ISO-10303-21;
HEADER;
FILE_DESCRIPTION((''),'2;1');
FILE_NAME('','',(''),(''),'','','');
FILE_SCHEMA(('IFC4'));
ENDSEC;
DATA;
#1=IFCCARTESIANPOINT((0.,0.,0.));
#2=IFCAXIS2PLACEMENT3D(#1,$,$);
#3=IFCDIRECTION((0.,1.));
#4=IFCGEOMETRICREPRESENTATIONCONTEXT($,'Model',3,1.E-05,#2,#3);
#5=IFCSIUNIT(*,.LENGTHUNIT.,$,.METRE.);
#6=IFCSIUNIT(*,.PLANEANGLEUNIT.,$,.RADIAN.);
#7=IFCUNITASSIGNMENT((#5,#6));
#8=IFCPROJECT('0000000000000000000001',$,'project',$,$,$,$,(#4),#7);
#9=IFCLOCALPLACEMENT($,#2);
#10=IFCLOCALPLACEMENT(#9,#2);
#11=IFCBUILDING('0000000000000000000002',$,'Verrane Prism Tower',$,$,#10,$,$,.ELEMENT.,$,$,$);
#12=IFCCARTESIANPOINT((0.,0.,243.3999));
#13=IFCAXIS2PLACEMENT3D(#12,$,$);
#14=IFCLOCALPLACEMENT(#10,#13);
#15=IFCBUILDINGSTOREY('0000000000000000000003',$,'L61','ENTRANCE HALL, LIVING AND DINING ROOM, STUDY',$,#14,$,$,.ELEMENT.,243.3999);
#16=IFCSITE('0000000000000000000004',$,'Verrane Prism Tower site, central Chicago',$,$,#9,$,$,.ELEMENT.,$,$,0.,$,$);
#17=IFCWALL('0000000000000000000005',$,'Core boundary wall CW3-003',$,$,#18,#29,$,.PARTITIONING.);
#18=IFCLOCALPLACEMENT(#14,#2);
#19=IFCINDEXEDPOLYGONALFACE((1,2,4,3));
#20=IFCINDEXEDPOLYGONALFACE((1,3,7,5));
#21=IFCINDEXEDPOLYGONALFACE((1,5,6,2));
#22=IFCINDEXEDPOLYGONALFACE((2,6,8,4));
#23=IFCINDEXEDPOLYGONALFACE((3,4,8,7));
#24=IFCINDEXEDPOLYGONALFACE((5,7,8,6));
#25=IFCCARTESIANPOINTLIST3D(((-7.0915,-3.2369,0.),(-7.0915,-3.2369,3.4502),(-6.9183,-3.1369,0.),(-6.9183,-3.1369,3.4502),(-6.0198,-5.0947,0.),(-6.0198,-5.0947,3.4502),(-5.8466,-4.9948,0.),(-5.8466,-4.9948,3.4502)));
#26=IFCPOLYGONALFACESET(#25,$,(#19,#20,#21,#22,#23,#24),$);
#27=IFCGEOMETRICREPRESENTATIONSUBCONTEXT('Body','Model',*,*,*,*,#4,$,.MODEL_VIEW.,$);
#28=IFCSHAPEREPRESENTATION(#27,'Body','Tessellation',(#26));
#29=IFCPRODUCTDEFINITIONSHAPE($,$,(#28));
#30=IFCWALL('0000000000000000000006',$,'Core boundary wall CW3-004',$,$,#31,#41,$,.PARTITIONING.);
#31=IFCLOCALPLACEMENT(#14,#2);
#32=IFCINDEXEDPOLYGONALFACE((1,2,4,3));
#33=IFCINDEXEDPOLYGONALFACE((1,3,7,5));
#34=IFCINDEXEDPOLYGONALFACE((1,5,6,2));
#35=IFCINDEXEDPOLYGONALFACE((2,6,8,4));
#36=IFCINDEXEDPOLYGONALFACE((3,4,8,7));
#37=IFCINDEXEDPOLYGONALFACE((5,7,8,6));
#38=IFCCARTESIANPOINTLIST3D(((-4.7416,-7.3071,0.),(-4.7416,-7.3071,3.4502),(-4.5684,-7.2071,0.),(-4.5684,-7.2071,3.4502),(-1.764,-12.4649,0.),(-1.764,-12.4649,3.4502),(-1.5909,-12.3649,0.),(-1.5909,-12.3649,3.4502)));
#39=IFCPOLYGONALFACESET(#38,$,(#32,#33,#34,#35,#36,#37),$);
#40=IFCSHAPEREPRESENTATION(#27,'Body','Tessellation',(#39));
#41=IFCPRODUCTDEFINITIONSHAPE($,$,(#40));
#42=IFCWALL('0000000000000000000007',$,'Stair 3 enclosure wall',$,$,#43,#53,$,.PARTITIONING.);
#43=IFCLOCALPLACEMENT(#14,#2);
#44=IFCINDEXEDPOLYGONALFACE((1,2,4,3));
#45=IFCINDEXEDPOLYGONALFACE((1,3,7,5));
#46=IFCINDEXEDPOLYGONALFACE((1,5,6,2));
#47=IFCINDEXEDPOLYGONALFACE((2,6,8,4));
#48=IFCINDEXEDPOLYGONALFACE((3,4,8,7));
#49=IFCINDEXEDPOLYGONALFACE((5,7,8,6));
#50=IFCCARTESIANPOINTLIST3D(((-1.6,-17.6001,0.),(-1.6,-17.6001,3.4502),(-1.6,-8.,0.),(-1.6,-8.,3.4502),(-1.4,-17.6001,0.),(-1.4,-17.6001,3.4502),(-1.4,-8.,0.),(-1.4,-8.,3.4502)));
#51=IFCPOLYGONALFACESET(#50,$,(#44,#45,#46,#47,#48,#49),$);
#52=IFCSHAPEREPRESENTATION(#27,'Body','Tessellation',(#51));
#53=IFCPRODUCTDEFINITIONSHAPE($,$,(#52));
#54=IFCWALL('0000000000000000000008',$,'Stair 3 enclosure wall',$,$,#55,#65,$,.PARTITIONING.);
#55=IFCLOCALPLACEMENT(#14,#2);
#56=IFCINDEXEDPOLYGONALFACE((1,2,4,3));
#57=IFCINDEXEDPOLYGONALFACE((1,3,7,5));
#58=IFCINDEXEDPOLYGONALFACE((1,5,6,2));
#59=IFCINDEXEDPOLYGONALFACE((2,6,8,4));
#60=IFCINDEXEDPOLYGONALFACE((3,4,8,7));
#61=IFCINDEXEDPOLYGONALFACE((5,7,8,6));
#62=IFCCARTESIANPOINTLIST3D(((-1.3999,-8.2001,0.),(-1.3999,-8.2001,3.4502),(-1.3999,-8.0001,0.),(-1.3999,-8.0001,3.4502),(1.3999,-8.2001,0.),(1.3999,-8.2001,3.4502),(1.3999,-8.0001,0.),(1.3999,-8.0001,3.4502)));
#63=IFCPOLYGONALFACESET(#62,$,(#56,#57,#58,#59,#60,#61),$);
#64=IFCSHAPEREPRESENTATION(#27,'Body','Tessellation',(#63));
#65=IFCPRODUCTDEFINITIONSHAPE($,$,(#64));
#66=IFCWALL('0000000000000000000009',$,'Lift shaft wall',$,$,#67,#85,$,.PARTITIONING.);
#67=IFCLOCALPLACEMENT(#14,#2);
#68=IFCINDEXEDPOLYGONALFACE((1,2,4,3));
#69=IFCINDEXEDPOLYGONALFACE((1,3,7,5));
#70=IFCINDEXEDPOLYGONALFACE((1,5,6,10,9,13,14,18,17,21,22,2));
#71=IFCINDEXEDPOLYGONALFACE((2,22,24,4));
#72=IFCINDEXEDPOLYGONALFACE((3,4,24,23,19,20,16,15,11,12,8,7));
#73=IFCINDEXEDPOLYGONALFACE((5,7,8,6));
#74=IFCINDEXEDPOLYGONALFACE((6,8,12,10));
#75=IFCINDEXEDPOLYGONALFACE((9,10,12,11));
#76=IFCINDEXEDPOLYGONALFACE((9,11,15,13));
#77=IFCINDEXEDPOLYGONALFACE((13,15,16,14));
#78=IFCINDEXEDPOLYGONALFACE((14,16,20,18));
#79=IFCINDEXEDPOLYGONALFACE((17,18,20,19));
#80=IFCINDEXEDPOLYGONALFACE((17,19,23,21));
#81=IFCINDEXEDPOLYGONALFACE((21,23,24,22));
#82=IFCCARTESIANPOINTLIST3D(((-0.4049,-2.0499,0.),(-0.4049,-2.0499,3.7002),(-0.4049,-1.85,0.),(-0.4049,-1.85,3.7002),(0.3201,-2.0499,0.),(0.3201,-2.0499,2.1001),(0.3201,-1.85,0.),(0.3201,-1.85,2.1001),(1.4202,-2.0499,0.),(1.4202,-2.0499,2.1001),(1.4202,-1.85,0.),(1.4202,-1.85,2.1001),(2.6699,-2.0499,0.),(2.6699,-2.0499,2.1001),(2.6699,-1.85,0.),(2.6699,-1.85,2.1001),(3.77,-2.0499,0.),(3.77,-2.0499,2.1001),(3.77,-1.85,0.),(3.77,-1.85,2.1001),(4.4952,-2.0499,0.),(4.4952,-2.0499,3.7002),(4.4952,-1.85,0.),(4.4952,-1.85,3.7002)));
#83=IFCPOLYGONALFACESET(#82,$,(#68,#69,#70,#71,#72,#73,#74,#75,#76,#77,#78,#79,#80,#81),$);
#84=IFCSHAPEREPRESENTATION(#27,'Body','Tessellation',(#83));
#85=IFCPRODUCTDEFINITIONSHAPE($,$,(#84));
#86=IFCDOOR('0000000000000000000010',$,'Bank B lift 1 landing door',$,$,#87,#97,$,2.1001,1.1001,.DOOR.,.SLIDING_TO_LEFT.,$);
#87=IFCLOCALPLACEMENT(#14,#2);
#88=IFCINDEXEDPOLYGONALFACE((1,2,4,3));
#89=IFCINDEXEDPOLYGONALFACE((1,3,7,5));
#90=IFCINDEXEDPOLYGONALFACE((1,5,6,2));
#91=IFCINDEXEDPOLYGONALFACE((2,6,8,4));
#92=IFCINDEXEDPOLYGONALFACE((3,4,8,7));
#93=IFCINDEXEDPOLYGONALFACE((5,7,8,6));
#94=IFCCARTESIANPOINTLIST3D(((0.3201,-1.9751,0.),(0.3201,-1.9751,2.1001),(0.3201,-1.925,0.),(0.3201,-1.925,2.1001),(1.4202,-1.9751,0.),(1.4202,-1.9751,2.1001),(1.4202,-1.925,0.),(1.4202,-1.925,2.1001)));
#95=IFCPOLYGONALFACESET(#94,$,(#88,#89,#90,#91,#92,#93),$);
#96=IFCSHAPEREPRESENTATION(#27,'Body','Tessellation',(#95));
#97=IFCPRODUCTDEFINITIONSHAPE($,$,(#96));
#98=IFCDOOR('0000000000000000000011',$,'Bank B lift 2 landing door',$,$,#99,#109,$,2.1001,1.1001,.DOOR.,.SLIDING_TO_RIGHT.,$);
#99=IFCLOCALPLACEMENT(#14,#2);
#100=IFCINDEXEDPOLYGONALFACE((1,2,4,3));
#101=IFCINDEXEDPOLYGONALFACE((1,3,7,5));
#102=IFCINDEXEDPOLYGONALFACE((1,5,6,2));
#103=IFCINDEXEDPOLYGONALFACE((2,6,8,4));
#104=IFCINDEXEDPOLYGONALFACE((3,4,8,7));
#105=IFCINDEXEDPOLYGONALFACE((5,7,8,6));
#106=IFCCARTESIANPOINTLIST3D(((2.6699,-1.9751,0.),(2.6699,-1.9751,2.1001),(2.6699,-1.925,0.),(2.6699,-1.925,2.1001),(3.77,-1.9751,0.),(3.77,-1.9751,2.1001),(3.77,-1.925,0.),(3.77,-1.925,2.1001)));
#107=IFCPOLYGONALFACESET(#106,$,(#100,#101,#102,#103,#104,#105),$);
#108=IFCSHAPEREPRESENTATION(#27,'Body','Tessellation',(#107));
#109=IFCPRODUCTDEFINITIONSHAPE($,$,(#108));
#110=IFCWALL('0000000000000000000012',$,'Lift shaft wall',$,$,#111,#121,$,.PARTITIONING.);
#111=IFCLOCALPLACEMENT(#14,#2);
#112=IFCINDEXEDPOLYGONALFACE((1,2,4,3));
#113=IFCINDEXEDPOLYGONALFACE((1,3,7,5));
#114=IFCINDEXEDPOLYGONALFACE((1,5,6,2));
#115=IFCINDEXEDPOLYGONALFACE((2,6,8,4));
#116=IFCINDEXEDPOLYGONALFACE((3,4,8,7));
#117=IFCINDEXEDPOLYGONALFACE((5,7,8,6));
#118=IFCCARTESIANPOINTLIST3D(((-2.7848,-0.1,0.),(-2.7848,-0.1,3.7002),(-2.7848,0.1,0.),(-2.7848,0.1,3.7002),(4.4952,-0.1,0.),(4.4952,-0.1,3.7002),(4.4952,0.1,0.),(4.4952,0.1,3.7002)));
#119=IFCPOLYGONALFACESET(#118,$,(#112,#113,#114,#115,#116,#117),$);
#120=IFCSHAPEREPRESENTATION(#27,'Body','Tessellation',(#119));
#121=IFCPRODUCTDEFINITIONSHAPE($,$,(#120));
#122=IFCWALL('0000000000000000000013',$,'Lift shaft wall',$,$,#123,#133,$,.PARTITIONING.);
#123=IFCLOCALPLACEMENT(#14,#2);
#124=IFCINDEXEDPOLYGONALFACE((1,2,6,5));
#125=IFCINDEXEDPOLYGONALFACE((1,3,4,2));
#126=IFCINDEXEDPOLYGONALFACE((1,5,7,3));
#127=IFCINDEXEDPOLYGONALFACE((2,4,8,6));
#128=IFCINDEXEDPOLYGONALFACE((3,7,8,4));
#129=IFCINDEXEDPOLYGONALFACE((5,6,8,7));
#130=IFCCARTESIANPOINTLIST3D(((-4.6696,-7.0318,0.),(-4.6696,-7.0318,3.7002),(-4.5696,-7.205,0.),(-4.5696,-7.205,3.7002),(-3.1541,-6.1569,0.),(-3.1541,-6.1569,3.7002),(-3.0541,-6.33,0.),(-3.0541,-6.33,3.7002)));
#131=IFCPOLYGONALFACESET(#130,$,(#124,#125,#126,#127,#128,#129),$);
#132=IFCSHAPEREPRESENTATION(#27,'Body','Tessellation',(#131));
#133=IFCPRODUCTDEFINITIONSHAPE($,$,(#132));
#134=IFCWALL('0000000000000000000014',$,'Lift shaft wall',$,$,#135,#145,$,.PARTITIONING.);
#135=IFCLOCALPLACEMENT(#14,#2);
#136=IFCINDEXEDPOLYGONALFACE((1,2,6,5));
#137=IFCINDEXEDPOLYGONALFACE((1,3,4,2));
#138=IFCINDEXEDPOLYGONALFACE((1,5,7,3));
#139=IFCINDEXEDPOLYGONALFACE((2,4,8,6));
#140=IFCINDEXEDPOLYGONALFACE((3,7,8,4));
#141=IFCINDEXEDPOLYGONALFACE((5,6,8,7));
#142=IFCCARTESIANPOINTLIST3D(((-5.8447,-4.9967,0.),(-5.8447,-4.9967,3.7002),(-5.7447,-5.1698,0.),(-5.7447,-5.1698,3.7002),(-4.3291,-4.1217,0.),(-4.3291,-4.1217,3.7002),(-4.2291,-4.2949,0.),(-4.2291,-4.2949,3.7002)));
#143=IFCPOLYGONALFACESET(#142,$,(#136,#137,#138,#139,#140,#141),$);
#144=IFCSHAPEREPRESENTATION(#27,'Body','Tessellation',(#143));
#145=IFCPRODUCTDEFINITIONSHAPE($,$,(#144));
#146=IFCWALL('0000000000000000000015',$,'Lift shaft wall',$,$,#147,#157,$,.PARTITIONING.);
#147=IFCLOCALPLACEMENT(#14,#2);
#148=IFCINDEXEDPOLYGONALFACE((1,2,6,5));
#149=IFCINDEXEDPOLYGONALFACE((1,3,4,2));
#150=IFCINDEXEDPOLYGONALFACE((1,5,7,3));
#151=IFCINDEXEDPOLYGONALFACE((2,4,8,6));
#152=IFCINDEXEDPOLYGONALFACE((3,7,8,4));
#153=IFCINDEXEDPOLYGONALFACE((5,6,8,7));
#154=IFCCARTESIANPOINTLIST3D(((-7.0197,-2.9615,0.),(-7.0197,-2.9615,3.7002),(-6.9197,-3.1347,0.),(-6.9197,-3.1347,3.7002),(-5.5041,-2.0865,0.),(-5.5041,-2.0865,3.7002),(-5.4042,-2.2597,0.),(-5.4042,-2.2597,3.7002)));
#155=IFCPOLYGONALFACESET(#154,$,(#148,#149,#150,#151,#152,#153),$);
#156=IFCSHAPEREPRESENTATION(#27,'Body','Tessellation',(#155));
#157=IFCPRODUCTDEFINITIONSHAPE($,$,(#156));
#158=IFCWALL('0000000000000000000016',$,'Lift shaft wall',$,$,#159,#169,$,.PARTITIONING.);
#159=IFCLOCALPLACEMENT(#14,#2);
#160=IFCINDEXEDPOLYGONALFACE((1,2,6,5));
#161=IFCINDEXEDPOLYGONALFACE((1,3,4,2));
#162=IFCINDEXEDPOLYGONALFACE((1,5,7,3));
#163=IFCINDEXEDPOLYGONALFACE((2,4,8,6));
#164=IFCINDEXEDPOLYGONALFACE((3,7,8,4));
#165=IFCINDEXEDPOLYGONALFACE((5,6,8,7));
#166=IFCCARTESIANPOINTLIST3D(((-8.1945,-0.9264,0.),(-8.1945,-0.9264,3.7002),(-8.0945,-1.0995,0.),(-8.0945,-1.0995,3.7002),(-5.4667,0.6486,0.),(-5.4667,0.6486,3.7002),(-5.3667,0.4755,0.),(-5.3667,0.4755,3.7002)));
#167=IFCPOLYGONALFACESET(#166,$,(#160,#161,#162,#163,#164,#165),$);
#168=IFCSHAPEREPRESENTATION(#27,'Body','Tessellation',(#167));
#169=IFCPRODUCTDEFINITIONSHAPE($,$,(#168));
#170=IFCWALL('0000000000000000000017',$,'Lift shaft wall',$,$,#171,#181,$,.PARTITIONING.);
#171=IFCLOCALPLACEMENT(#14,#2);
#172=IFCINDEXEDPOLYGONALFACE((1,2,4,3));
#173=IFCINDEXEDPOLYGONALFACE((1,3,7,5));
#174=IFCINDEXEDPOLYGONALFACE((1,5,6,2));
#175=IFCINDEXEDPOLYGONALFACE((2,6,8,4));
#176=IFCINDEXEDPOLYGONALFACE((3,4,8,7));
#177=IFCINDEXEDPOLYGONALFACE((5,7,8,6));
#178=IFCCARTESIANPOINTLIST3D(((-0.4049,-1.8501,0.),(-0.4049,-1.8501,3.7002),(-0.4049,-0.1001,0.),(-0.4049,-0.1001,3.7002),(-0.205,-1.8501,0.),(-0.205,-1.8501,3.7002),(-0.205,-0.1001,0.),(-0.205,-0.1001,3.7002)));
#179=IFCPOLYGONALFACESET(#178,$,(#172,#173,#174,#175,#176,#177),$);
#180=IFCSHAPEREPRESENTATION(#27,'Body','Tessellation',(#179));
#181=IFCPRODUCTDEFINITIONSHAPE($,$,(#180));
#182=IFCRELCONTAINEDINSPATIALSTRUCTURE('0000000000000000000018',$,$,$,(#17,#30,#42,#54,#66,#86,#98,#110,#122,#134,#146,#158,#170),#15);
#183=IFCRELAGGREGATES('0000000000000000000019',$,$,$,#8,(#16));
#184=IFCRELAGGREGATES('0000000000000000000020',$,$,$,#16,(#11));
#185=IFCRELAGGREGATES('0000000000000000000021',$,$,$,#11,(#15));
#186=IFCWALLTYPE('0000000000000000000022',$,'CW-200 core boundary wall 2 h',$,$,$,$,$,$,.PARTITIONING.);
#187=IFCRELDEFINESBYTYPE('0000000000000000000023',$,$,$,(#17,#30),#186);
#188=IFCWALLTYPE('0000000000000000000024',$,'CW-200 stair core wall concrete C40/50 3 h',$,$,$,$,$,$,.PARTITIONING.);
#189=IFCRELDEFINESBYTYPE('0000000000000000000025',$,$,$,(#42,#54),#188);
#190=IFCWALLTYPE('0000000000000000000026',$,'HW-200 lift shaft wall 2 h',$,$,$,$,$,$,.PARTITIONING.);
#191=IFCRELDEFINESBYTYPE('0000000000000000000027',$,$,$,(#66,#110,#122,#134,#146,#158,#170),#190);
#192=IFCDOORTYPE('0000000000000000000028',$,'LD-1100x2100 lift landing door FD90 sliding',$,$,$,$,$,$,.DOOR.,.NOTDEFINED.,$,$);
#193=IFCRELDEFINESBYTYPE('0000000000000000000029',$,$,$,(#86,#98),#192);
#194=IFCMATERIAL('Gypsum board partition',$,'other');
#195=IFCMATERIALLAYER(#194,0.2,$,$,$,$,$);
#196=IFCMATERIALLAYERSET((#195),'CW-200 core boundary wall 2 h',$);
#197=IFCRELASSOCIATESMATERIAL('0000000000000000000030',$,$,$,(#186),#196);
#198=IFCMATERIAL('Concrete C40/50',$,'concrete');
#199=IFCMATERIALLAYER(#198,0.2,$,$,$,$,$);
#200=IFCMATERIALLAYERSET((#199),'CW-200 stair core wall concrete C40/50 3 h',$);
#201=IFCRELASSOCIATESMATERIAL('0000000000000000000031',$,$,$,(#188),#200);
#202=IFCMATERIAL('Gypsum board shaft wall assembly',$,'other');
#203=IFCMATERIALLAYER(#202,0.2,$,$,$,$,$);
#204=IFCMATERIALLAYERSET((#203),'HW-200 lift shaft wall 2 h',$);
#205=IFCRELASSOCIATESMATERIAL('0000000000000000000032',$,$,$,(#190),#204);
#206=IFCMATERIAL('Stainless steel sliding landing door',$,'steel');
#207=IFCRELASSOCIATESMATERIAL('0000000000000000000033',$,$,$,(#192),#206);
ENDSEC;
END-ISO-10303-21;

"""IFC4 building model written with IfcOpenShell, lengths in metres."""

from ifc_helpers import new_model, si_unit, direction, frame, frame_2d, origin, place, context, subcontext, project, spatial, rectangle, extrude, material, layer, layer_set, type_object, element, fill, save


model = new_model("IFC4")

# Units and contexts
model_context = context("Model", 3, precision=1e-05, world=origin(), true_north=direction((0.0, 1.0)))
body_context = subcontext(model_context, "Body", "Model", "MODEL_VIEW")
ifc_project = project(units=[si_unit("LENGTHUNIT", "METRE"), si_unit("PLANEANGLEUNIT", "RADIAN")], contexts=[model_context])

# Site, building, storey
site_placement = place(None, origin())
site = spatial("IfcSite", under=ifc_project, at=site_placement, Name="Verrane Prism Tower site, central Chicago", CompositionType="ELEMENT", RefElevation=0.0)
building_placement = place(site_placement, origin())
building = spatial("IfcBuilding", under=site, at=building_placement, Name="Verrane Prism Tower", CompositionType="ELEMENT")
storey_placement = place(building_placement, frame((0.0, 0.0, 243.3999)))
storey = spatial("IfcBuildingStorey", under=building, at=storey_placement, Name="L61", Description="ENTRANCE HALL, LIVING AND DINING ROOM, STUDY", CompositionType="ELEMENT", Elevation=243.3999)

# Walls
ifc_material_1 = material(Name="Gypsum board partition", Category="other")
ifc_layer_1 = layer(ifc_material_1, 0.2)
ifc_layer_set_1 = layer_set([ifc_layer_1], Name="CW-200 core boundary wall 2 h")
wall_type_1 = type_object("IfcWallType", Name="CW-200 core boundary wall 2 h", PredefinedType="PARTITIONING", material=ifc_layer_set_1)
wall_1_placement = place(storey_placement, frame((-7.0049, -3.187, 0.0), z_axis=(0.0, 0.0, 1.0), x_axis=(0.49969, -0.866205, 0.0)))
element("IfcWall", 1, at=wall_1_placement, inside=storey, type_object=wall_type_1, Name="Core boundary wall CW3-003", PredefinedType="PARTITIONING", context=body_context, shape_type="SweptSolid", body=[
    extrude(rectangle(XDim=2.1448, YDim=0.2, at=frame_2d((1.0723, 0.0))), origin(), (0.0, 0.0, 1.0), 3.4502),
])
wall_2_placement = place(storey_placement, frame((-4.655, -7.2571, 0.0), z_axis=(0.0, 0.0, 1.0), x_axis=(0.499966, -0.866045, 0.0)))
element("IfcWall", 2, at=wall_2_placement, inside=storey, type_object=wall_type_1, Name="Core boundary wall CW3-004", PredefinedType="PARTITIONING", context=body_context, shape_type="SweptSolid", body=[
    extrude(rectangle(XDim=5.9556, YDim=0.2, at=frame_2d((2.9778, 0.0))), origin(), (0.0, 0.0, 1.0), 3.4502),
])
ifc_material_2 = material(Name="Concrete C40/50", Category="concrete")
ifc_layer_2 = layer(ifc_material_2, 0.2)
ifc_layer_set_2 = layer_set([ifc_layer_2], Name="CW-200 stair core wall concrete C40/50 3 h")
wall_type_2 = type_object("IfcWallType", Name="CW-200 stair core wall concrete C40/50 3 h", PredefinedType="PARTITIONING", material=ifc_layer_set_2)
wall_3_placement = place(storey_placement, frame((-1.5, -8.0, 0.0), z_axis=(0.0, 0.0, 1.0), x_axis=(0.0, -1.0, 0.0)))
element("IfcWall", 3, at=wall_3_placement, inside=storey, type_object=wall_type_2, Name="Stair 3 enclosure wall", PredefinedType="PARTITIONING", context=body_context, shape_type="SweptSolid", body=[
    extrude(rectangle(XDim=9.6001, YDim=0.2, at=frame_2d((4.8, 0.0))), origin(), (0.0, 0.0, 1.0), 3.4502),
])
wall_4_placement = place(storey_placement, frame((-1.3999, -8.1001, 0.0), z_axis=(0.0, 0.0, 1.0), x_axis=(1.0, 0.0, 0.0)))
element("IfcWall", 4, at=wall_4_placement, inside=storey, type_object=wall_type_2, Name="Stair 3 enclosure wall", PredefinedType="PARTITIONING", context=body_context, shape_type="SweptSolid", body=[
    extrude(rectangle(XDim=2.7998, YDim=0.2, at=frame_2d((1.3999, 0.0))), origin(), (0.0, 0.0, 1.0), 3.4502),
])

# Wall, openings, doors
ifc_material_3 = material(Name="Gypsum board shaft wall assembly", Category="other")
ifc_layer_3 = layer(ifc_material_3, 0.2)
ifc_layer_set_3 = layer_set([ifc_layer_3], Name="HW-200 lift shaft wall 2 h")
wall_type_3 = type_object("IfcWallType", Name="HW-200 lift shaft wall 2 h", PredefinedType="PARTITIONING", material=ifc_layer_set_3)
wall_5_placement = place(storey_placement, frame((-0.405, -1.95, 0.0), z_axis=(0.0, 0.0, 1.0), x_axis=(1.0, 0.0, 0.0)))
wall_5 = element("IfcWall", 5, at=wall_5_placement, inside=storey, type_object=wall_type_3, Name="Lift shaft wall", PredefinedType="PARTITIONING", context=body_context, shape_type="SweptSolid", body=[
    extrude(rectangle(XDim=4.9001, YDim=0.2, at=frame_2d((2.4502, 0.0))), origin(), (0.0, 0.0, 1.0), 3.7002),
])
opening_1_placement = place(wall_5_placement, frame((0.7251, 0.0, 0.0)))
opening_1 = element("IfcOpeningElement", 6, at=opening_1_placement, cuts=wall_5, PredefinedType="OPENING", context=body_context, shape_type="SweptSolid", body=[
    extrude(rectangle(XDim=1.1001, YDim=2.1001, at=frame_2d((0.55, 1.05))), frame((0.0, 0.1099, 0.0), z_axis=(0.0, -1.0, 0.0), x_axis=(1.0, 0.0, 0.0)), (0.0, 0.0, 1.0), 0.22),
])
opening_2_placement = place(wall_5_placement, frame((3.075, 0.0, 0.0)))
opening_2 = element("IfcOpeningElement", 7, at=opening_2_placement, cuts=wall_5, PredefinedType="OPENING", context=body_context, shape_type="SweptSolid", body=[
    extrude(rectangle(XDim=1.1001, YDim=2.1001, at=frame_2d((0.55, 1.05))), frame((0.0, 0.1099, 0.0), z_axis=(0.0, -1.0, 0.0), x_axis=(1.0, 0.0, 0.0)), (0.0, 0.0, 1.0), 0.22),
])
ifc_material_4 = material(Name="Stainless steel sliding landing door", Category="steel")
door_type = type_object("IfcDoorType", Name="LD-1100x2100 lift landing door FD90 sliding", OperationType="NOTDEFINED", PredefinedType="DOOR", material=ifc_material_4)
door_1_placement = place(opening_1_placement, origin())
door_1 = element("IfcDoor", 8, at=door_1_placement, inside=storey, type_object=door_type, Name="Bank B lift 1 landing door", OperationType="SLIDING_TO_LEFT", OverallHeight=2.1001, OverallWidth=1.1001, PredefinedType="DOOR", context=body_context, shape_type="SweptSolid", body=[
    extrude(rectangle(XDim=1.1001, YDim=2.1001, at=frame_2d((0.55, 1.05))), frame((0.0, 0.0249, 0.0), z_axis=(0.0, -1.0, 0.0), x_axis=(1.0, 0.0, 0.0)), (0.0, 0.0, 1.0), 0.05),
])
fill(opening_1, door_1)
door_2_placement = place(opening_2_placement, origin())
door_2 = element("IfcDoor", 9, at=door_2_placement, inside=storey, type_object=door_type, Name="Bank B lift 2 landing door", OperationType="SLIDING_TO_RIGHT", OverallHeight=2.1001, OverallWidth=1.1001, PredefinedType="DOOR", context=body_context, shape_type="SweptSolid", body=[
    extrude(rectangle(XDim=1.1001, YDim=2.1001, at=frame_2d((0.55, 1.05))), frame((0.0, 0.0249, 0.0), z_axis=(0.0, -1.0, 0.0), x_axis=(1.0, 0.0, 0.0)), (0.0, 0.0, 1.0), 0.05),
])
fill(opening_2, door_2)

# Walls
wall_6_placement = place(storey_placement, frame((-2.7849, 0.0, 0.0), z_axis=(0.0, 0.0, 1.0), x_axis=(1.0, 0.0, 0.0)))
element("IfcWall", 10, at=wall_6_placement, inside=storey, type_object=wall_type_3, Name="Lift shaft wall", PredefinedType="PARTITIONING", context=body_context, shape_type="SweptSolid", body=[
    extrude(rectangle(XDim=7.28, YDim=0.2, at=frame_2d((3.6401, 0.0))), origin(), (0.0, 0.0, 1.0), 3.7002),
])
for number, where, z_axis, x_axis, name in (
    (11, (-4.6196, -7.1184, 0.0), (0.0, 0.0, 1.0), (0.866037, 0.49998, 0.0), "Lift shaft wall"),
    (12, (-5.7947, -5.0833, 0.0), (0.0, 0.0, 1.0), (0.866037, 0.49998, 0.0), "Lift shaft wall"),
    (13, (-6.9697, -3.0481, 0.0), (0.0, 0.0, 1.0), (0.866037, 0.49998, 0.0), "Lift shaft wall"),
):
    element("IfcWall", number, at=place(storey_placement, frame(where, z_axis=z_axis, x_axis=x_axis)), inside=storey, type_object=wall_type_3, Name=name, PredefinedType="PARTITIONING", context=body_context, shape_type="SweptSolid", body=[
        extrude(rectangle(XDim=1.75, YDim=0.2, at=frame_2d((0.875, 0.0))), origin(), (0.0, 0.0, 1.0), 3.7002),
    ])
wall_7_placement = place(storey_placement, frame((-8.1445, -1.0129, 0.0), z_axis=(0.0, 0.0, 1.0), x_axis=(0.866016, 0.500015, 0.0)))
element("IfcWall", 14, at=wall_7_placement, inside=storey, type_object=wall_type_3, Name="Lift shaft wall", PredefinedType="PARTITIONING", context=body_context, shape_type="SweptSolid", body=[
    extrude(rectangle(XDim=3.1499, YDim=0.2, at=frame_2d((1.575, 0.0))), origin(), (0.0, 0.0, 1.0), 3.7002),
])
wall_8_placement = place(storey_placement, frame((-0.3049, -1.8501, 0.0), z_axis=(0.0, 0.0, 1.0), x_axis=(0.0, 1.0, 0.0)))
element("IfcWall", 15, at=wall_8_placement, inside=storey, type_object=wall_type_3, Name="Lift shaft wall", PredefinedType="PARTITIONING", context=body_context, shape_type="SweptSolid", body=[
    extrude(rectangle(XDim=1.75, YDim=0.2, at=frame_2d((0.875, 0.0))), origin(), (0.0, 0.0, 1.0), 3.7002),
])

save(model, "model.ifc")
